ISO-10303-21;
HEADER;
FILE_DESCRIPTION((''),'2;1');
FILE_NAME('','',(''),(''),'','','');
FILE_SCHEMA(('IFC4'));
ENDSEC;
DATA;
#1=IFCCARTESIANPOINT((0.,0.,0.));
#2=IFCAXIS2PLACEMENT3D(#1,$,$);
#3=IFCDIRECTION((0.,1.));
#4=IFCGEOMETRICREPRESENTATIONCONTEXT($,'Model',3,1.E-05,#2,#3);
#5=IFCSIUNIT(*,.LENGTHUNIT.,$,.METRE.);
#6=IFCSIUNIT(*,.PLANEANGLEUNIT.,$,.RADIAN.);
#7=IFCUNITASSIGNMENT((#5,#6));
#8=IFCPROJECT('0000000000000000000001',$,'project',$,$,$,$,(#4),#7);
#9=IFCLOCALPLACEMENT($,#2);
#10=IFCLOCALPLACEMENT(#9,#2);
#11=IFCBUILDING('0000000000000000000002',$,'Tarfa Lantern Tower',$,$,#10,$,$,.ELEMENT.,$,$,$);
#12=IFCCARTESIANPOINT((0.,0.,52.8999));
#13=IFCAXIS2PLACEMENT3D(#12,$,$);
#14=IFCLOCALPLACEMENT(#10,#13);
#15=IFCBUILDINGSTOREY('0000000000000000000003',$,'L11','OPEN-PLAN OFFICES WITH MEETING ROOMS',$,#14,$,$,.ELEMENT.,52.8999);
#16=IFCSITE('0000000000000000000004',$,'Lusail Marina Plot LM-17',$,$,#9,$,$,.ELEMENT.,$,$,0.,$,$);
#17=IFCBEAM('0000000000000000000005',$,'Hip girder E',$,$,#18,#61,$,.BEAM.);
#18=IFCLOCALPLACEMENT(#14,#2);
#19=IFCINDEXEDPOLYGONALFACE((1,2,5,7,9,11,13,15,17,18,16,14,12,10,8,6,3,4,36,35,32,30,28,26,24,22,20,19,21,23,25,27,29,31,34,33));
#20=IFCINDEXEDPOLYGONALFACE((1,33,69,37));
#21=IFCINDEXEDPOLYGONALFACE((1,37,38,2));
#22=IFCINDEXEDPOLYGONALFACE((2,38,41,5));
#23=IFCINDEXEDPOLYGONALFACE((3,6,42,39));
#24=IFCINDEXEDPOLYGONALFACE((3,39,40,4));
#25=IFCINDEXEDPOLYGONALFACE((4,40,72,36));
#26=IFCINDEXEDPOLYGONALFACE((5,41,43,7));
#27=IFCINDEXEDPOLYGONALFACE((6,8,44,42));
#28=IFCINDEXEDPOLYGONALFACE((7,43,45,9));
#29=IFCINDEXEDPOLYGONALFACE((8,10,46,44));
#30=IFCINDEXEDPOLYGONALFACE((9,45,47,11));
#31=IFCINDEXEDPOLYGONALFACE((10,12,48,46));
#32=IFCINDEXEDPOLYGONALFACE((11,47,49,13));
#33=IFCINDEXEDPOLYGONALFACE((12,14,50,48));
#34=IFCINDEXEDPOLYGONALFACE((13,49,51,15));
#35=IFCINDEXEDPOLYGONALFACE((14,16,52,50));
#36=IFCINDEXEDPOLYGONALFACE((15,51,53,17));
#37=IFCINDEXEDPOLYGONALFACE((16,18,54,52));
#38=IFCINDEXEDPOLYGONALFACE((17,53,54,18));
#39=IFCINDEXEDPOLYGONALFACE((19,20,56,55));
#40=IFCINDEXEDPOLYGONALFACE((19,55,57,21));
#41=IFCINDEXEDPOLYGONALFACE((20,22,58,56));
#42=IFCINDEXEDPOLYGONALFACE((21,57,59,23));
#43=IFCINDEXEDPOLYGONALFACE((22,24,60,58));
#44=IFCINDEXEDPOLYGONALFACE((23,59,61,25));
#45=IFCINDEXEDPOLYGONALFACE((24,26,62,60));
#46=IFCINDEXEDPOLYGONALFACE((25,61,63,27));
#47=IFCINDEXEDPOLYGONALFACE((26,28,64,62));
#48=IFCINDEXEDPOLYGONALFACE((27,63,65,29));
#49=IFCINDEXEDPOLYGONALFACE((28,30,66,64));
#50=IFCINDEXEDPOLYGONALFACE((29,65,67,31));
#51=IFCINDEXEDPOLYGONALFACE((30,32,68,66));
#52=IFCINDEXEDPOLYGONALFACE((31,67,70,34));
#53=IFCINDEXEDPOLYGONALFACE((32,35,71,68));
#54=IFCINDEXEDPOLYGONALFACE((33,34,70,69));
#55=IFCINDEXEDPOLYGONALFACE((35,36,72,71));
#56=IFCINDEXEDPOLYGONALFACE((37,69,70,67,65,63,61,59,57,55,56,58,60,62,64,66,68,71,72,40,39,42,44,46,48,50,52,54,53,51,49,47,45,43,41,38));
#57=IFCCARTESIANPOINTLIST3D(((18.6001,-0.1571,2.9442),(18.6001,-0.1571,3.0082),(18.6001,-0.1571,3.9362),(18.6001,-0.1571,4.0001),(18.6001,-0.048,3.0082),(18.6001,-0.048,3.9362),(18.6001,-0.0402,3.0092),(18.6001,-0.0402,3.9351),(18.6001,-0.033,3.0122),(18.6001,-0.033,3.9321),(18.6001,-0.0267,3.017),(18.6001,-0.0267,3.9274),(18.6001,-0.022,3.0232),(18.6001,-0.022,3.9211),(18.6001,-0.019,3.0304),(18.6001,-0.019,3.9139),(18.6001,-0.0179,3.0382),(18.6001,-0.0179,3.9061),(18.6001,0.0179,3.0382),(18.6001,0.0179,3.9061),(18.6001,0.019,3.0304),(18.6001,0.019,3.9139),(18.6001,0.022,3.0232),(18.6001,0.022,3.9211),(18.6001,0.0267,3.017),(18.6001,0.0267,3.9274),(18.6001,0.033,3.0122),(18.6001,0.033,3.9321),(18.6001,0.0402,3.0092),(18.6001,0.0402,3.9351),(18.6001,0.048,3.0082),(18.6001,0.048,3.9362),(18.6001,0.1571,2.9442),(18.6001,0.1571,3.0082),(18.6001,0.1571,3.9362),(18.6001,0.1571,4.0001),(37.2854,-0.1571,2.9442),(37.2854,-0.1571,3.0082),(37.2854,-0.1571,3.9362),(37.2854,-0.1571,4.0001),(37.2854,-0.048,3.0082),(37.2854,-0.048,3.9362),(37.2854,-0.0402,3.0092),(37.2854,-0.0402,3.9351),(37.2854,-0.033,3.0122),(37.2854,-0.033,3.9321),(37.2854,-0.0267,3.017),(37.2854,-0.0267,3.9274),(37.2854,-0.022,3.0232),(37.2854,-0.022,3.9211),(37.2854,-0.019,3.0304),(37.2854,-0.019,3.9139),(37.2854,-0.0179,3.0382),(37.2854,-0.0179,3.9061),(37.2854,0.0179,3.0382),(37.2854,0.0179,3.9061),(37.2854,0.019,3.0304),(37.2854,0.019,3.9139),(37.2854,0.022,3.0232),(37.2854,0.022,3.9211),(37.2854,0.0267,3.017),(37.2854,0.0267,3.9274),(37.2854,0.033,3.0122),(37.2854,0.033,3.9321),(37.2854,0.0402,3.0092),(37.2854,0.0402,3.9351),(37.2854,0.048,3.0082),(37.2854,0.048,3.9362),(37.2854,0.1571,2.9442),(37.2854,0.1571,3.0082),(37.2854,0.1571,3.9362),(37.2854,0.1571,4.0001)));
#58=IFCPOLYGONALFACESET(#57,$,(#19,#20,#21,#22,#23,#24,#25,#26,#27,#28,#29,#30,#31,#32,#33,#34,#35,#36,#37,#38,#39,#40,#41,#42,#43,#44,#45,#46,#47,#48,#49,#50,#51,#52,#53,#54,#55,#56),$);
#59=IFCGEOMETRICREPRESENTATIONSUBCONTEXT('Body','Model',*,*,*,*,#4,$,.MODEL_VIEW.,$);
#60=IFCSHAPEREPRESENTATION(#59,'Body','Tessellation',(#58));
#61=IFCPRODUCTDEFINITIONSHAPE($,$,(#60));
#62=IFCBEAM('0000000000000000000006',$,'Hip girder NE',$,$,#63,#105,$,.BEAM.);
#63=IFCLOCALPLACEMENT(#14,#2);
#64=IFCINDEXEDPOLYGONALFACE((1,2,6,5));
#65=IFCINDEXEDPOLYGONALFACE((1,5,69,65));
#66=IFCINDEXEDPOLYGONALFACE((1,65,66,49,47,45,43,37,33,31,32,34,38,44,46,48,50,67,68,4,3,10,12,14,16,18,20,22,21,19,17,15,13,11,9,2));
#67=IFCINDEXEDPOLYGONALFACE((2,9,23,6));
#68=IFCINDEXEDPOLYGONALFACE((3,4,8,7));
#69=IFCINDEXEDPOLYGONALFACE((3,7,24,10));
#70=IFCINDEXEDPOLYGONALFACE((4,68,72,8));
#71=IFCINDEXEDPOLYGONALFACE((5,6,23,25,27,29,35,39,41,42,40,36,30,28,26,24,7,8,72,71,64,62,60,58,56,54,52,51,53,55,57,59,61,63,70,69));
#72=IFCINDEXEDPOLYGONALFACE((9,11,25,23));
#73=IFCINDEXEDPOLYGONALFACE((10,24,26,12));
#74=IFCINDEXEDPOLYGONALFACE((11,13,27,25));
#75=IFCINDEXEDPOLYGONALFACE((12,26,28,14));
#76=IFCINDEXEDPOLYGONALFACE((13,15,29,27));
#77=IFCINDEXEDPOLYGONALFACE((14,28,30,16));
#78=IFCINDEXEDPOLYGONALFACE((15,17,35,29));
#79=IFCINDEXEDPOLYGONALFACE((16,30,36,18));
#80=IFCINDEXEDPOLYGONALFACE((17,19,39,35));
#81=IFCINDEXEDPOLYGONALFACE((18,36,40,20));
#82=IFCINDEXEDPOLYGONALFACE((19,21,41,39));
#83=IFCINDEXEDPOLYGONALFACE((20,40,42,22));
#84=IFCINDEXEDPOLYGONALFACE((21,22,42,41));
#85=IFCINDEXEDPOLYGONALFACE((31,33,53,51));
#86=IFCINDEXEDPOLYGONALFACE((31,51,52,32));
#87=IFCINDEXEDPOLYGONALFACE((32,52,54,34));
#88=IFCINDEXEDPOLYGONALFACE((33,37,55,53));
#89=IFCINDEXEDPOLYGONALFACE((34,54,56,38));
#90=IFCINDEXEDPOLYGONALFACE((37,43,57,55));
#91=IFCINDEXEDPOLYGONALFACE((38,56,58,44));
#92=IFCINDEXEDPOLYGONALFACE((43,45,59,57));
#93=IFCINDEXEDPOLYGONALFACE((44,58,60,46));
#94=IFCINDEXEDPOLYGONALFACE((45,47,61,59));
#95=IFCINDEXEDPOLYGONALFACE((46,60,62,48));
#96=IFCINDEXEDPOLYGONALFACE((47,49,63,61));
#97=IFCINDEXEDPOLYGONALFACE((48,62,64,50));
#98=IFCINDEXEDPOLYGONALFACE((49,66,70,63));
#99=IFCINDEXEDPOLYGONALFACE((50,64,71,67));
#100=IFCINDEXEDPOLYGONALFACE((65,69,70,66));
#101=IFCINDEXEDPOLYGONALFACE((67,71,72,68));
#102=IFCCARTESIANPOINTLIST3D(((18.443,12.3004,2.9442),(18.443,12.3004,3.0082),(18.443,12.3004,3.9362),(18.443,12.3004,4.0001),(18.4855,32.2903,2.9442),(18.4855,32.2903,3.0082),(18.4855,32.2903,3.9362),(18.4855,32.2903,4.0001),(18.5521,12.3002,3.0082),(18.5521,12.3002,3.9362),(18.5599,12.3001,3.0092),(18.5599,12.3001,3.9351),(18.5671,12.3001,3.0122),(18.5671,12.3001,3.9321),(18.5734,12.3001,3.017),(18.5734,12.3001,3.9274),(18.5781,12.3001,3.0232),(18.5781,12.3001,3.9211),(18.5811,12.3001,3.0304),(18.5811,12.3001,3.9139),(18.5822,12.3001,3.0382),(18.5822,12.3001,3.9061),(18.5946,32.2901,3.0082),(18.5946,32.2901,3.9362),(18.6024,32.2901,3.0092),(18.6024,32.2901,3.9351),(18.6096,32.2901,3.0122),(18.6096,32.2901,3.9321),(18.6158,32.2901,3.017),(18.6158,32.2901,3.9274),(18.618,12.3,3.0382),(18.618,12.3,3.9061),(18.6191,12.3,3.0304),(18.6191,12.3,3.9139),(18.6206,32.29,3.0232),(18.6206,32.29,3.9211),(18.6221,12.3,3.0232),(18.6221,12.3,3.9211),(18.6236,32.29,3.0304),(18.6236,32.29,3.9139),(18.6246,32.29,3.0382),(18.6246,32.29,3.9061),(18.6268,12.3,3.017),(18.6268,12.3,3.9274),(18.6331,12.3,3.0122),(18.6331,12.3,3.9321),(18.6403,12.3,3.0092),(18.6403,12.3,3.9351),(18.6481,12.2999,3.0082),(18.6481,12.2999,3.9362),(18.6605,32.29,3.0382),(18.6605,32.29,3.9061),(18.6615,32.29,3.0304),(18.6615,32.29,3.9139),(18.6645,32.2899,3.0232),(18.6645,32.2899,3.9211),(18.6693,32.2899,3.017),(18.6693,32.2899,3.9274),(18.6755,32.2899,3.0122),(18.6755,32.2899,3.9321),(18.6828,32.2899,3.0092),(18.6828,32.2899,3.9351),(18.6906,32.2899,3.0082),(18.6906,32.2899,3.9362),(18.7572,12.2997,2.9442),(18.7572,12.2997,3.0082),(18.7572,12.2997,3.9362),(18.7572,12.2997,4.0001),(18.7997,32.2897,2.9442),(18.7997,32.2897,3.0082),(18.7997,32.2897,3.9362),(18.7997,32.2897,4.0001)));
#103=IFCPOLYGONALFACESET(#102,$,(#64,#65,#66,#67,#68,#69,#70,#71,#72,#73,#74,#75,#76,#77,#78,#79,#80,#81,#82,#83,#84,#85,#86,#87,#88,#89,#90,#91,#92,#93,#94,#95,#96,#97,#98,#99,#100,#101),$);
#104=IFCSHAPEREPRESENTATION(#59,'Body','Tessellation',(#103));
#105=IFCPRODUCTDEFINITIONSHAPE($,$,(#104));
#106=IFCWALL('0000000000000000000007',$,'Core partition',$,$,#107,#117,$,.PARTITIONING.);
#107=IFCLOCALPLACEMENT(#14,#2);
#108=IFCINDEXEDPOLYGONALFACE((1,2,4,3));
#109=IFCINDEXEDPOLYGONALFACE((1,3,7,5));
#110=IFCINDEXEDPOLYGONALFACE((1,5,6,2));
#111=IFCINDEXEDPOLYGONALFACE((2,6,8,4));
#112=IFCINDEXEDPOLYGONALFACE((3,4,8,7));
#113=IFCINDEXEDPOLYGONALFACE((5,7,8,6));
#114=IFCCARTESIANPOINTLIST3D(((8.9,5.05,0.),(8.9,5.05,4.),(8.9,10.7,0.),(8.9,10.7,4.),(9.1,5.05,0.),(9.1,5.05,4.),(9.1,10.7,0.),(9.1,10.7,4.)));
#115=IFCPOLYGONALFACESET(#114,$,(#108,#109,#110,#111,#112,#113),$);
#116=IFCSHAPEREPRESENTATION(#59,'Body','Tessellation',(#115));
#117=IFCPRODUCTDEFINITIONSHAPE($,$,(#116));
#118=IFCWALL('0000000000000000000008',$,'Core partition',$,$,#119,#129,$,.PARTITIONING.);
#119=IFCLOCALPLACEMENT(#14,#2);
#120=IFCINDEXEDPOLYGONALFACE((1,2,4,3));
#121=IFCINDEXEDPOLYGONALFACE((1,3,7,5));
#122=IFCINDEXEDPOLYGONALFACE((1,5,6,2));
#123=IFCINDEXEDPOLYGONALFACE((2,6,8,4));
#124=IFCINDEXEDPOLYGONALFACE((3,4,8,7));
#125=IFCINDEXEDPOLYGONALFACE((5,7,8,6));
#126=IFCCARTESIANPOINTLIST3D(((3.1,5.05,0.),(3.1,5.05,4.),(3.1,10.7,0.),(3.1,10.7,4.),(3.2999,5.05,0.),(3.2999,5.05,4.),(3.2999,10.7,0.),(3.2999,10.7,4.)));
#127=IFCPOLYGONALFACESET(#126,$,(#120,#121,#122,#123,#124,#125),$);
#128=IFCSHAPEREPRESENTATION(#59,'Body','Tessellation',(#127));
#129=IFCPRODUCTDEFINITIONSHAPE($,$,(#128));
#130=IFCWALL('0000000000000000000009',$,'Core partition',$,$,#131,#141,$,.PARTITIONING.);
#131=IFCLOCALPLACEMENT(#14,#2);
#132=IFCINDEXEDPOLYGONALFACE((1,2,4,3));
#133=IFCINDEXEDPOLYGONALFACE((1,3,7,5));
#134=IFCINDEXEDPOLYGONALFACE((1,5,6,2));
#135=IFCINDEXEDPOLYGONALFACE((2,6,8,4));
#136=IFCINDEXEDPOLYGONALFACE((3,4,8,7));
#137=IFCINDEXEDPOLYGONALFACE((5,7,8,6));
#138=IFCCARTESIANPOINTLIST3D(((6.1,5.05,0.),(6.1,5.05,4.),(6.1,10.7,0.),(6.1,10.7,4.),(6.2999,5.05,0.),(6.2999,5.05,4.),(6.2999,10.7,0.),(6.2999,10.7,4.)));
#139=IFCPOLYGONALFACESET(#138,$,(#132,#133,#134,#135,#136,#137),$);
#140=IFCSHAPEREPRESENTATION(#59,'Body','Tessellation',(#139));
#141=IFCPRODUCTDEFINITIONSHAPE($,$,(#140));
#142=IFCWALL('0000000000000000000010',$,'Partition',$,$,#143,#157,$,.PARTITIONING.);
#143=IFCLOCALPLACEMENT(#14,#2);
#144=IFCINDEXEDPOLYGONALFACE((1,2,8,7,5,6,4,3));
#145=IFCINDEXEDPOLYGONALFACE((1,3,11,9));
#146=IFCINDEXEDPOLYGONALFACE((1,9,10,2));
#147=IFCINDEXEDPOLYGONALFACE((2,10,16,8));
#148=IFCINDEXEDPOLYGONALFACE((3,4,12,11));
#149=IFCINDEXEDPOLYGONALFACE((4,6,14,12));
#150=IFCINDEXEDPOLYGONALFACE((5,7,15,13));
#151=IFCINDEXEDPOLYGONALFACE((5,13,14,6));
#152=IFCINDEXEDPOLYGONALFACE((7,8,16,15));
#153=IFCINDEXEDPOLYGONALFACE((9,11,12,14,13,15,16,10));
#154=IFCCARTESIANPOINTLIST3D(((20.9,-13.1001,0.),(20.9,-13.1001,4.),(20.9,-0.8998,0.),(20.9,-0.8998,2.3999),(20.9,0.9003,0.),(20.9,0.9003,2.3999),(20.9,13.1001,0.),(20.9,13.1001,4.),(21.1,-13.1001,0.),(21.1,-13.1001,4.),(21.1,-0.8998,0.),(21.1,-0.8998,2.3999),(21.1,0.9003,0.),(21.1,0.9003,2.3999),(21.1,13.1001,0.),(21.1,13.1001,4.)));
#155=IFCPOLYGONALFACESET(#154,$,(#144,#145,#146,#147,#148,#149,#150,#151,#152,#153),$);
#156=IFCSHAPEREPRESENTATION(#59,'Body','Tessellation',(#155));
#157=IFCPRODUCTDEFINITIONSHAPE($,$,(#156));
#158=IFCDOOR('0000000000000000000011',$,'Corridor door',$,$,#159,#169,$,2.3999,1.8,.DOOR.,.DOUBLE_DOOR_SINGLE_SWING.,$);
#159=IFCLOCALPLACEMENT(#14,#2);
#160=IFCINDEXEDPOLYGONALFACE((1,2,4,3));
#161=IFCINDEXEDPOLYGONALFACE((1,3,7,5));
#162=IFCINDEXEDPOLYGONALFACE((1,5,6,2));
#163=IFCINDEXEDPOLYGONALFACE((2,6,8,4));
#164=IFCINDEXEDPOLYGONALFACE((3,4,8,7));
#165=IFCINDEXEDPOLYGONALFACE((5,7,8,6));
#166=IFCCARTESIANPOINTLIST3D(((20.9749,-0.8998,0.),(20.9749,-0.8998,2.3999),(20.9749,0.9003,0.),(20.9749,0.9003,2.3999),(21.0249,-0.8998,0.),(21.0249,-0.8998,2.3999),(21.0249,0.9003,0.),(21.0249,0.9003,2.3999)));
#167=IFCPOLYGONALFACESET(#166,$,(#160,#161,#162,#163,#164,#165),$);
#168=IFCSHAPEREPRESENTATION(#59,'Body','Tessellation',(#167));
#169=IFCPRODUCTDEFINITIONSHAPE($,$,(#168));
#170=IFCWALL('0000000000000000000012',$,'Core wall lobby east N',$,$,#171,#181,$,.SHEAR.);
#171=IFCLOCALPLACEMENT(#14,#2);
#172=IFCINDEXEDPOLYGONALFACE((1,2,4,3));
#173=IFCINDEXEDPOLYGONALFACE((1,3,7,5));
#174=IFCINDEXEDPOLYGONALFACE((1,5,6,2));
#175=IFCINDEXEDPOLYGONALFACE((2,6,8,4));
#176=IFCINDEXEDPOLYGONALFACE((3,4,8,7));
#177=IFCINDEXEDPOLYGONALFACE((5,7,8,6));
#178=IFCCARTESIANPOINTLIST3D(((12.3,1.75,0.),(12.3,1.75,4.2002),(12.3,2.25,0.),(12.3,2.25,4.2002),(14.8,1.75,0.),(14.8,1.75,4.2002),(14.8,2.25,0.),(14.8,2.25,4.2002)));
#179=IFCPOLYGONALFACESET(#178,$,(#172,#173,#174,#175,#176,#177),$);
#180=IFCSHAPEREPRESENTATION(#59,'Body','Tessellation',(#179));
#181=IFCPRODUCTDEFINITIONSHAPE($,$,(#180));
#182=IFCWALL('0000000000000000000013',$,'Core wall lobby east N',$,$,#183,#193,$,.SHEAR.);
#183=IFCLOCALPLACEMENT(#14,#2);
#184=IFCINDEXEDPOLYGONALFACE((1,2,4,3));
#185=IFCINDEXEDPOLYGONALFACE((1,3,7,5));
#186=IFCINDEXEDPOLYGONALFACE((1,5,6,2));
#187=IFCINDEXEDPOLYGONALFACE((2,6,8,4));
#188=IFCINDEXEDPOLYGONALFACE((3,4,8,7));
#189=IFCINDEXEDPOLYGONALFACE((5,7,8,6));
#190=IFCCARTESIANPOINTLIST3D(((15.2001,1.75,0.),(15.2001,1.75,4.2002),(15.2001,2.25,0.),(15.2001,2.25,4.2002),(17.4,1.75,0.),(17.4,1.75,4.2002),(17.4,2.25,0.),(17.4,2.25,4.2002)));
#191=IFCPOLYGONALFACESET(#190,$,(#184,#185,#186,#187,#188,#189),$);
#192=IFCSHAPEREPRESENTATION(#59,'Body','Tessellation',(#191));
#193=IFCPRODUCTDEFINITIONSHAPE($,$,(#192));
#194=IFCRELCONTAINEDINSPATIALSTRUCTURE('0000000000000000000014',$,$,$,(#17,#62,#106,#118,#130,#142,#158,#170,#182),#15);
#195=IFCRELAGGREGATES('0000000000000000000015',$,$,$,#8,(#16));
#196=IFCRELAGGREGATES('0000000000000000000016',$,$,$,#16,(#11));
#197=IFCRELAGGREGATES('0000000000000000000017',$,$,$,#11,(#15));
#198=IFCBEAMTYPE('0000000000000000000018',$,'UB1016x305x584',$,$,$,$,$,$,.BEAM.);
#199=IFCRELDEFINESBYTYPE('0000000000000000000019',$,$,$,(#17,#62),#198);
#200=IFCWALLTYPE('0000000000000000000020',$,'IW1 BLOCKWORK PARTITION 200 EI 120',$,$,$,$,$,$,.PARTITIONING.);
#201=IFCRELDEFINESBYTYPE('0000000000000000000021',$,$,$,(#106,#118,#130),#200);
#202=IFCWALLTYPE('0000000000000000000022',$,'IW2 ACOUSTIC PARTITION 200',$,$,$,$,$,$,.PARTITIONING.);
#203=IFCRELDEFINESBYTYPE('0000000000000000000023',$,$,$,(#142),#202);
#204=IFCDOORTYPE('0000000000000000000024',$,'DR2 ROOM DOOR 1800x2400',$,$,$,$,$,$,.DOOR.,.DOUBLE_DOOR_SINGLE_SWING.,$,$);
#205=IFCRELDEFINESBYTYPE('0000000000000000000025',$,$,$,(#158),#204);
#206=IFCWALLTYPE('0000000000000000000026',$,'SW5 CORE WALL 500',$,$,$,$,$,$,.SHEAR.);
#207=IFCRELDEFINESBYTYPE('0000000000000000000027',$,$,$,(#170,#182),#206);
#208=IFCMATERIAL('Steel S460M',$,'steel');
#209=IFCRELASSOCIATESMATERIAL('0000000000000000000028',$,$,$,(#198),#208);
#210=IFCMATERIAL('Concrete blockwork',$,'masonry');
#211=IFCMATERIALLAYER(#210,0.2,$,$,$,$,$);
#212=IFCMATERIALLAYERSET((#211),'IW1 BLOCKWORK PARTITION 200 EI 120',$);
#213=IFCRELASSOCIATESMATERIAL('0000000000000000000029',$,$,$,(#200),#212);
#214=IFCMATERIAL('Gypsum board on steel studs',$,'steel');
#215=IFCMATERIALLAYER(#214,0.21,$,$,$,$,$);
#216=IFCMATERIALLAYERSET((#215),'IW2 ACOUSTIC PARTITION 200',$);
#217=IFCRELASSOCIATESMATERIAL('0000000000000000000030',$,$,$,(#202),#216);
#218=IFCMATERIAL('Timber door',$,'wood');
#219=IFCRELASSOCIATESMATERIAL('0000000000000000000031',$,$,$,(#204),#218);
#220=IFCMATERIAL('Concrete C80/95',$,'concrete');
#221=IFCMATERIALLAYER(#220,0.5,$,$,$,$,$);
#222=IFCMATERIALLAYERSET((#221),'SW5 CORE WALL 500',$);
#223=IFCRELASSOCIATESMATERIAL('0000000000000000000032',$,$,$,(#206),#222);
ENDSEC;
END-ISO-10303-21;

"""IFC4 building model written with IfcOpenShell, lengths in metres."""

from ifc_helpers import new_model, si_unit, direction, frame, frame_2d, origin, origin_2d, place, context, subcontext, project, spatial, rectangle, i_section, extrude, material, layer, layer_set, material_profile, profile_set, type_object, element, fill, save


model = new_model("IFC4")

# Units and contexts
model_context = context("Model", 3, precision=1e-05, world=origin(), true_north=direction((0.0, 1.0)))
body_context = subcontext(model_context, "Body", "Model", "MODEL_VIEW")
ifc_project = project(units=[si_unit("LENGTHUNIT", "METRE"), si_unit("PLANEANGLEUNIT", "RADIAN")], contexts=[model_context])

# Site, building, storey
site_placement = place(None, origin())
site = spatial("IfcSite", under=ifc_project, at=site_placement, Name="Lusail Marina Plot LM-17", CompositionType="ELEMENT", RefElevation=0.0)
building_placement = place(site_placement, origin())
building = spatial("IfcBuilding", under=site, at=building_placement, Name="Tarfa Lantern Tower", CompositionType="ELEMENT")
storey_placement = place(building_placement, frame((0.0, 0.0, 52.8999)))
storey = spatial("IfcBuildingStorey", under=building, at=storey_placement, Name="L11", Description="OPEN-PLAN OFFICES WITH MEETING ROOMS", CompositionType="ELEMENT", Elevation=52.8999)

# Beams
ifc_material_1 = material(Name="Steel S460M", Category="steel")
ifc_material_profile = material_profile(ifc_material_1, i_section(OverallWidth=0.3142, OverallDepth=1.0559, WebThickness=0.0359, FlangeThickness=0.064, FilletRadius=0.03, at=origin_2d()), Name="UB1016x305x584")
ifc_profile_set = profile_set([ifc_material_profile], Name="Steel S460M")
beam_type = type_object("IfcBeamType", Name="UB1016x305x584", PredefinedType="BEAM", material=ifc_profile_set)
beam_1_placement = place(storey_placement, frame((18.6001, 0.0, 3.4722), z_axis=(1.0, 0.0, 0.0), x_axis=(0.0, 1.0, 0.0)))
element("IfcBeam", 1, at=beam_1_placement, inside=storey, type_object=beam_type, Name="Hip girder E", PredefinedType="BEAM", context=body_context, shape_type="SweptSolid", body=[
    extrude(i_section(OverallWidth=0.3142, OverallDepth=1.0559, WebThickness=0.0359, FlangeThickness=0.064, FilletRadius=0.03, at=origin_2d()), origin(), (0.0, 0.0, 1.0), 18.6853),
])
beam_2_placement = place(storey_placement, frame((18.6001, 12.3, 3.4722), z_axis=(0.002125, 0.999998, 0.0), x_axis=(-0.999998, 0.002125, 0.0)))
element("IfcBeam", 2, at=beam_2_placement, inside=storey, type_object=beam_type, Name="Hip girder NE", PredefinedType="BEAM", context=body_context, shape_type="SweptSolid", body=[
    extrude(i_section(OverallWidth=0.3142, OverallDepth=1.0559, WebThickness=0.0359, FlangeThickness=0.064, FilletRadius=0.03, at=origin_2d()), origin(), (0.0, 0.0, 1.0), 19.99),
])

# Walls
ifc_material_2 = material(Name="Concrete blockwork", Category="masonry")
ifc_layer_1 = layer(ifc_material_2, 0.2)
ifc_layer_set_1 = layer_set([ifc_layer_1], Name="IW1 BLOCKWORK PARTITION 200 EI 120")
wall_type_1 = type_object("IfcWallType", Name="IW1 BLOCKWORK PARTITION 200 EI 120", PredefinedType="PARTITIONING", material=ifc_layer_set_1)
for number, where, z_axis, x_axis, name in (
    (3, (9.0, 5.05, 0.0), (0.0, 0.0, 1.0), (0.0, 1.0, 0.0), "Core partition"),
    (4, (3.2, 5.05, 0.0), (0.0, 0.0, 1.0), (0.0, 1.0, 0.0), "Core partition"),
    (5, (6.2, 5.05, 0.0), (0.0, 0.0, 1.0), (0.0, 1.0, 0.0), "Core partition"),
):
    element("IfcWall", number, at=place(storey_placement, frame(where, z_axis=z_axis, x_axis=x_axis)), inside=storey, type_object=wall_type_1, Name=name, PredefinedType="PARTITIONING", context=body_context, shape_type="SweptSolid", body=[
        extrude(rectangle(XDim=5.6499, YDim=0.2, at=frame_2d((2.825, 0.0))), origin(), (0.0, 0.0, 1.0), 4.0),
    ])

# Wall, opening, door
ifc_material_3 = material(Name="Gypsum board on steel studs", Category="steel")
ifc_layer_2 = layer(ifc_material_3, 0.21)
ifc_layer_set_2 = layer_set([ifc_layer_2], Name="IW2 ACOUSTIC PARTITION 200")
wall_type_2 = type_object("IfcWallType", Name="IW2 ACOUSTIC PARTITION 200", PredefinedType="PARTITIONING", material=ifc_layer_set_2)
wall_1_placement = place(storey_placement, frame((21.0, 13.1001, 0.0), z_axis=(0.0, 0.0, 1.0), x_axis=(0.0, -1.0, 0.0)))
wall_1 = element("IfcWall", 6, at=wall_1_placement, inside=storey, type_object=wall_type_2, Name="Partition", PredefinedType="PARTITIONING", context=body_context, shape_type="SweptSolid", body=[
    extrude(rectangle(XDim=26.2002, YDim=0.2, at=frame_2d((13.1001, 0.0))), origin(), (0.0, 0.0, 1.0), 4.0),
])
opening_placement = place(wall_1_placement, frame((12.2, 0.0, 0.0)))
opening = element("IfcOpeningElement", 7, at=opening_placement, cuts=wall_1, PredefinedType="OPENING", context=body_context, shape_type="SweptSolid", body=[
    extrude(rectangle(XDim=1.8, YDim=2.3999, at=frame_2d((0.8999, 1.2))), frame((0.0, 0.1099, 0.0), z_axis=(0.0, -1.0, 0.0), x_axis=(1.0, 0.0, 0.0)), (0.0, 0.0, 1.0), 0.22),
])
ifc_material_4 = material(Name="Timber door", Category="wood")
door_type = type_object("IfcDoorType", Name="DR2 ROOM DOOR 1800x2400", OperationType="DOUBLE_DOOR_SINGLE_SWING", PredefinedType="DOOR", material=ifc_material_4)
door_placement = place(opening_placement, origin())
door = element("IfcDoor", 8, at=door_placement, inside=storey, type_object=door_type, Name="Corridor door", OperationType="DOUBLE_DOOR_SINGLE_SWING", OverallHeight=2.3999, OverallWidth=1.8, PredefinedType="DOOR", context=body_context, shape_type="SweptSolid", body=[
    extrude(rectangle(XDim=1.8, YDim=2.3999, at=frame_2d((0.8999, 1.2))), frame((0.0, 0.0249, 0.0), z_axis=(0.0, -1.0, 0.0), x_axis=(1.0, 0.0, 0.0)), (0.0, 0.0, 1.0), 0.05),
])
fill(opening, door)

# Walls
ifc_material_5 = material(Name="Concrete C80/95", Category="concrete")
ifc_layer_3 = layer(ifc_material_5, 0.5)
ifc_layer_set_3 = layer_set([ifc_layer_3], Name="SW5 CORE WALL 500")
wall_type_3 = type_object("IfcWallType", Name="SW5 CORE WALL 500", PredefinedType="SHEAR", material=ifc_layer_set_3)
wall_2_placement = place(storey_placement, frame((12.3, 2.0, 0.0), z_axis=(0.0, 0.0, 1.0), x_axis=(1.0, 0.0, 0.0)))
element("IfcWall", 9, at=wall_2_placement, inside=storey, type_object=wall_type_3, Name="Core wall lobby east N", PredefinedType="SHEAR", context=body_context, shape_type="SweptSolid", body=[
    extrude(rectangle(XDim=2.5, YDim=0.5, at=frame_2d((1.25, 0.0))), origin(), (0.0, 0.0, 1.0), 4.2002),
])
wall_3_placement = place(storey_placement, frame((15.2, 2.0, 0.0), z_axis=(0.0, 0.0, 1.0), x_axis=(1.0, 0.0, 0.0)))
element("IfcWall", 10, at=wall_3_placement, inside=storey, type_object=wall_type_3, Name="Core wall lobby east N", PredefinedType="SHEAR", context=body_context, shape_type="SweptSolid", body=[
    extrude(rectangle(XDim=2.2, YDim=0.5, at=frame_2d((1.1001, 0.0))), origin(), (0.0, 0.0, 1.0), 4.2002),
])

save(model, "model.ifc")
